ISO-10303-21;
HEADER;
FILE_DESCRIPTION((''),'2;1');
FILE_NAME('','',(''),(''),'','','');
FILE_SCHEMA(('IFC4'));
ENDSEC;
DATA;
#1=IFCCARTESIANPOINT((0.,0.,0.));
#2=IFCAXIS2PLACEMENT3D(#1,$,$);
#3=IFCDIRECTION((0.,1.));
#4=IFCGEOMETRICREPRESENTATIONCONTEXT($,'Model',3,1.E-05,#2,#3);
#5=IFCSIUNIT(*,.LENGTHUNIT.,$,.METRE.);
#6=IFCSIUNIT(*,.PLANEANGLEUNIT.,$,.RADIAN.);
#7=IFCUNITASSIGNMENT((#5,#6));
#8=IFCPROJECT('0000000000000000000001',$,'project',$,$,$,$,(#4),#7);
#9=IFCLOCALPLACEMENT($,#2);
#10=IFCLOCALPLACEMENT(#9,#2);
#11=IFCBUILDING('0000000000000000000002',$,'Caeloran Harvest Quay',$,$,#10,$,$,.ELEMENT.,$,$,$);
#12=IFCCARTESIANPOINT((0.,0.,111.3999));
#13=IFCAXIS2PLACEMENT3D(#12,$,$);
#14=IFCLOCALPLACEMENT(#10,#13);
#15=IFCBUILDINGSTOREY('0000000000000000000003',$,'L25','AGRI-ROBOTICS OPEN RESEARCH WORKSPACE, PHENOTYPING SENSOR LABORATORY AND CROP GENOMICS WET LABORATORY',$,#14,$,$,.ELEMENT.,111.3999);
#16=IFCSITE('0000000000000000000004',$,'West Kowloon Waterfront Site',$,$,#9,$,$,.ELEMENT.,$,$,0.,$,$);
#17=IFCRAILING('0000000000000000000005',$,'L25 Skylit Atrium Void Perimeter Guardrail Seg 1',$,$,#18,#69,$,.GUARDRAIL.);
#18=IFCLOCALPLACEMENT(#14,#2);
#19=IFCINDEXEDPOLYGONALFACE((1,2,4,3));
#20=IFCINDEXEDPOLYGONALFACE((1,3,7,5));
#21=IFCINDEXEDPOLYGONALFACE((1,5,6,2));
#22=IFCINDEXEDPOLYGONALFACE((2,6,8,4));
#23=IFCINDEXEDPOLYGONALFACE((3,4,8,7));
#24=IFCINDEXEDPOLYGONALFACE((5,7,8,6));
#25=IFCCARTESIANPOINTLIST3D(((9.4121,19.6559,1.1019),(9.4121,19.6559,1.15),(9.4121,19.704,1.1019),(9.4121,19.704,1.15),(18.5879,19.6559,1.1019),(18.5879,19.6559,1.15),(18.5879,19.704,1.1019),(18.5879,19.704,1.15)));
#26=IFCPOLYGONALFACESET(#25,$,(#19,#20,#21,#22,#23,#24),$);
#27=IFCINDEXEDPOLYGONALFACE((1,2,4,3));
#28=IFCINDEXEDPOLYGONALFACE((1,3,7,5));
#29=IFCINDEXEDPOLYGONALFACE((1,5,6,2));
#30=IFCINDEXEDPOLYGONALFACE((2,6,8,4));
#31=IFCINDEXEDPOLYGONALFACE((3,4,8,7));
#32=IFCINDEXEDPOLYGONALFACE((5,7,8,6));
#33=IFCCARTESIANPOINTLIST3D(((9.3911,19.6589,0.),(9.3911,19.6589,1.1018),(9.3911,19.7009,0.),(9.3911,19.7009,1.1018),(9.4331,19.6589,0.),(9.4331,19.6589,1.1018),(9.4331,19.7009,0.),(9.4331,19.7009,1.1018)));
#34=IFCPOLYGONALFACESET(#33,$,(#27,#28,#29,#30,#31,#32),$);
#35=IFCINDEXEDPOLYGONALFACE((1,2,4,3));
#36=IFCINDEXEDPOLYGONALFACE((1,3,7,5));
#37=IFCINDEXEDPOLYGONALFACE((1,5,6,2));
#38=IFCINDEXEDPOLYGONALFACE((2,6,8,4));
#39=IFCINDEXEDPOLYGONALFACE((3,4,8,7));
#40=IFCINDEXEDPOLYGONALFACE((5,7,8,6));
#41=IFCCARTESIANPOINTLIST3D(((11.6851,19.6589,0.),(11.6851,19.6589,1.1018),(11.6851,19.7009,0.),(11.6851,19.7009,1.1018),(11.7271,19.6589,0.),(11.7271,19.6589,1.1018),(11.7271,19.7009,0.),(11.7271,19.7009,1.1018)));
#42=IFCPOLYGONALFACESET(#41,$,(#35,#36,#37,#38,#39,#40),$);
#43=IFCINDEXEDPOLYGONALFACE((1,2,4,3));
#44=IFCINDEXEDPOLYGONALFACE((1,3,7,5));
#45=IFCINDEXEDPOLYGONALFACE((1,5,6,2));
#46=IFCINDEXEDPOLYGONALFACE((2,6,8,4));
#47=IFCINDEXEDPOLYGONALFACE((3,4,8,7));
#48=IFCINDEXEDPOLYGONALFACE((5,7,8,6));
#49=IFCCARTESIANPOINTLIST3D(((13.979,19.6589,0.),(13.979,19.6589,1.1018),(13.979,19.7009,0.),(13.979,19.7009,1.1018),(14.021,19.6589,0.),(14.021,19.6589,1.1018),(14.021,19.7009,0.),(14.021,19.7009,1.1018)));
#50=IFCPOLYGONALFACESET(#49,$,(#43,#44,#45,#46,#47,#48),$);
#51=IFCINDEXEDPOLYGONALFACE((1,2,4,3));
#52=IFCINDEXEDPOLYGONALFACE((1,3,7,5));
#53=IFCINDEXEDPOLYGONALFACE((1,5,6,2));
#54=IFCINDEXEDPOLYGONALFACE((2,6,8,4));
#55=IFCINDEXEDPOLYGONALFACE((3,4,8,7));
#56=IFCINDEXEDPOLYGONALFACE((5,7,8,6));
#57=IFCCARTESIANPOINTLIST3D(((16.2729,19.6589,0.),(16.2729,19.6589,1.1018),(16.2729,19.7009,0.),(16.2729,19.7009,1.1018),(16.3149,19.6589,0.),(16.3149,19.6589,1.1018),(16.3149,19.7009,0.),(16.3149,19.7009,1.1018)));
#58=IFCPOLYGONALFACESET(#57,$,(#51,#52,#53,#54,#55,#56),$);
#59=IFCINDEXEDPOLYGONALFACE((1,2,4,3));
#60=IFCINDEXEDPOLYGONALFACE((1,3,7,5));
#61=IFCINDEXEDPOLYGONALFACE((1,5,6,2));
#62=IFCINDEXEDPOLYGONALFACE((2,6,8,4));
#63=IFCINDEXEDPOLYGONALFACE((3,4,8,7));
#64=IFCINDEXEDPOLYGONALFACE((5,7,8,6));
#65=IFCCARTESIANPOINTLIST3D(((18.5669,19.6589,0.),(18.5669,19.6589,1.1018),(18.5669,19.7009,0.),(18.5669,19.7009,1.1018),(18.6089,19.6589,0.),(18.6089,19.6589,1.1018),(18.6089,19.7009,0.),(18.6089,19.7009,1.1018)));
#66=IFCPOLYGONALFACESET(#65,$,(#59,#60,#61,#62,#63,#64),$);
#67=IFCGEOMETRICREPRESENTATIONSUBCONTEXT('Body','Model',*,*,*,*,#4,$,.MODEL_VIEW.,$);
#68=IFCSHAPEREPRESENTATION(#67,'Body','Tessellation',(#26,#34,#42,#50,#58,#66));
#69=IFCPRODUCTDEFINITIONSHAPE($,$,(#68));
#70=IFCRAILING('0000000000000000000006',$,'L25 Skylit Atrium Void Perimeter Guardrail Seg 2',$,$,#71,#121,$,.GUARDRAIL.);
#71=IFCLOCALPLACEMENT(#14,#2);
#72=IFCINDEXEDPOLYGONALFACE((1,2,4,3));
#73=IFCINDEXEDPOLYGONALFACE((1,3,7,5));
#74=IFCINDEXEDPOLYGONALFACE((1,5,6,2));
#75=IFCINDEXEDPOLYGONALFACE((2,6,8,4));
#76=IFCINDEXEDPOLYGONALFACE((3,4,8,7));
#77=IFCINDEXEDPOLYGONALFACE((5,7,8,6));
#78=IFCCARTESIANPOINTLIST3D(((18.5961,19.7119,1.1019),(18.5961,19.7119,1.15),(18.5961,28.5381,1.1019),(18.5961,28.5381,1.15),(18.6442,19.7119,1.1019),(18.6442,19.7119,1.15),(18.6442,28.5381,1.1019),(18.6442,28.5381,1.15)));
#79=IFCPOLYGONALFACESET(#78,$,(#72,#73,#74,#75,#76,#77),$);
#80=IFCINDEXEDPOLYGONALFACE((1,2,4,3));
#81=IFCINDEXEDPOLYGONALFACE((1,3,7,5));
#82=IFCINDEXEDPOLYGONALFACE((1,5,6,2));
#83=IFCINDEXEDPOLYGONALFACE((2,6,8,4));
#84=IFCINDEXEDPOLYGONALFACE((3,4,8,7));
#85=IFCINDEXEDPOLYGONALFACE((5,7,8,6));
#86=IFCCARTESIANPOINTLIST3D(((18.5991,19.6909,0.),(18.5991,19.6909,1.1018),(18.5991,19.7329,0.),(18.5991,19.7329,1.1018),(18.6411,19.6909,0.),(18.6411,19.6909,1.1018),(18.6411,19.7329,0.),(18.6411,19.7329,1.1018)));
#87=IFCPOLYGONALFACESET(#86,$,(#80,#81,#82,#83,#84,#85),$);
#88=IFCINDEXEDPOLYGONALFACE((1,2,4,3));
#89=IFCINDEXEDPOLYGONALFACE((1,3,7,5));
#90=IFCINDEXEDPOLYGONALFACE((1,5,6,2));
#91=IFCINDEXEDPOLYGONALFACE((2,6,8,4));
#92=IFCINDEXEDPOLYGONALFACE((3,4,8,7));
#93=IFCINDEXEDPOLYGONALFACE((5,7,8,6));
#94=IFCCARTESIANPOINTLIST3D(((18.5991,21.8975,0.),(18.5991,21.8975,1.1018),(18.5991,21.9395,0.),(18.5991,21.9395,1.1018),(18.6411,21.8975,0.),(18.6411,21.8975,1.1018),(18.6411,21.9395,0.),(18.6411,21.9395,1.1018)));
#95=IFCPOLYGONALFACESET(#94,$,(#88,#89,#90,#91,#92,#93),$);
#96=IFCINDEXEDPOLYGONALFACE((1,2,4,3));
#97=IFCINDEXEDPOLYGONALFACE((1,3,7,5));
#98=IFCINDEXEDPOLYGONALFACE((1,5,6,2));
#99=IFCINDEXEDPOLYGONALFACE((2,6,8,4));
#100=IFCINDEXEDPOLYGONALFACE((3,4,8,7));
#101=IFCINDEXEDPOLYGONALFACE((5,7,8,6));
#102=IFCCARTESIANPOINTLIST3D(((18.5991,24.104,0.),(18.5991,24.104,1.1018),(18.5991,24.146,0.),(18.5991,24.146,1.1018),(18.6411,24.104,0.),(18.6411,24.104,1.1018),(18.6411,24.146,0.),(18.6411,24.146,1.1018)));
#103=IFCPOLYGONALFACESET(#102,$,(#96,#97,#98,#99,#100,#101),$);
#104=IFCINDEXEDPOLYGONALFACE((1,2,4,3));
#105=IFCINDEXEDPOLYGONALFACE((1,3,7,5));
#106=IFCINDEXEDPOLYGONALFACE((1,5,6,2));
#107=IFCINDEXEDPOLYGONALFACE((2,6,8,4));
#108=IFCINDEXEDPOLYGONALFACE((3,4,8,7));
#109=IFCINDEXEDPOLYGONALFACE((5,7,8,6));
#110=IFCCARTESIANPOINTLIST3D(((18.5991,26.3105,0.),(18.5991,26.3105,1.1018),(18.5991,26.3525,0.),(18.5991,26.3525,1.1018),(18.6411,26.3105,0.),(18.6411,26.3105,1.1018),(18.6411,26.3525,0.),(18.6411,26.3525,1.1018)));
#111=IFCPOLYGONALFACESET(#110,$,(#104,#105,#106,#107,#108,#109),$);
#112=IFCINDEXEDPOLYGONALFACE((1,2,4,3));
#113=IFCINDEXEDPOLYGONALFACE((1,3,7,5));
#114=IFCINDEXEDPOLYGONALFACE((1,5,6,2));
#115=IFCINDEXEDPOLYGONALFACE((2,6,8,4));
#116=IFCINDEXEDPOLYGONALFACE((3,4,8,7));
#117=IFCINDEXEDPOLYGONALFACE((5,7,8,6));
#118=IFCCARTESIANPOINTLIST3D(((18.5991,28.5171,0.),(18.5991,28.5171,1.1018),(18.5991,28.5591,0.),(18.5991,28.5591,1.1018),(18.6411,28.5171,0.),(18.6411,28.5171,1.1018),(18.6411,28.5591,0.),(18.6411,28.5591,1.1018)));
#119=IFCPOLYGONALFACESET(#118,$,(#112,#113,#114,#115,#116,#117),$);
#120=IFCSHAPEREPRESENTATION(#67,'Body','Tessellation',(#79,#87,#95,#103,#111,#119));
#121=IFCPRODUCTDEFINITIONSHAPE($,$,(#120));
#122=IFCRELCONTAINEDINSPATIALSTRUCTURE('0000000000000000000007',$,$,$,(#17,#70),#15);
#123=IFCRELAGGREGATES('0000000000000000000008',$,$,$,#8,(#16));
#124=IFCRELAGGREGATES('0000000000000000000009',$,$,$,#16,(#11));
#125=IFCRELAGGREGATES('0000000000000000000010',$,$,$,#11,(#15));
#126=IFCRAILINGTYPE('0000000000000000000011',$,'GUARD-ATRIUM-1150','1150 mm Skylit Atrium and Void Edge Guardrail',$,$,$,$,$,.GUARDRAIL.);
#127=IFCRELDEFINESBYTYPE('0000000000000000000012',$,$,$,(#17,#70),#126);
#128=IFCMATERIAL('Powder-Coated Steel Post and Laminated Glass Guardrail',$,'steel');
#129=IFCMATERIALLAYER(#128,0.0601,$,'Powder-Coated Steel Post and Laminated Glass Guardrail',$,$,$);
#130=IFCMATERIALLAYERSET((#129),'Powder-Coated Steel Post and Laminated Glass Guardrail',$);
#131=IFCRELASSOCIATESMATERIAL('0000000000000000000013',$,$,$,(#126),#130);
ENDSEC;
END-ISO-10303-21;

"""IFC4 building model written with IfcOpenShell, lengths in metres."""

from ifc_helpers import new_model, si_unit, direction, frame, origin, origin_2d, place, context, subcontext, project, spatial, rectangle, extrude, material, layer, layer_set, type_object, element, save


model = new_model("IFC4")

# Units and contexts
model_context = context("Model", 3, precision=1e-05, world=origin(), true_north=direction((0.0, 1.0)))
body_context = subcontext(model_context, "Body", "Model", "MODEL_VIEW")
ifc_project = project(units=[si_unit("LENGTHUNIT", "METRE"), si_unit("PLANEANGLEUNIT", "RADIAN")], contexts=[model_context])

# Site, building, storey
site_placement = place(None, origin())
site = spatial("IfcSite", under=ifc_project, at=site_placement, Name="West Kowloon Waterfront Site", CompositionType="ELEMENT", RefElevation=0.0)
building_placement = place(site_placement, origin())
building = spatial("IfcBuilding", under=site, at=building_placement, Name="Caeloran Harvest Quay", CompositionType="ELEMENT")
storey_placement = place(building_placement, frame((0.0, 0.0, 111.3999)))
storey = spatial("IfcBuildingStorey", under=building, at=storey_placement, Name="L25", Description="AGRI-ROBOTICS OPEN RESEARCH WORKSPACE, PHENOTYPING SENSOR LABORATORY AND CROP GENOMICS WET LABORATORY", CompositionType="ELEMENT", Elevation=111.3999)

# Railings
ifc_material_1 = material(Name="Powder-Coated Steel Post and Laminated Glass Guardrail", Category="steel")
ifc_layer_1 = layer(ifc_material_1, 0.0601, Name="Powder-Coated Steel Post and Laminated Glass Guardrail")
ifc_layer_set_1 = layer_set([ifc_layer_1], Name="Powder-Coated Steel Post and Laminated Glass Guardrail")
railing_type = type_object("IfcRailingType", Name="GUARD-ATRIUM-1150", Description="1150 mm Skylit Atrium and Void Edge Guardrail", PredefinedType="GUARDRAIL", material=ifc_layer_set_1)
railing_1_placement = place(storey_placement, frame((9.4121, 19.6799, 0.0)))
element("IfcRailing", 1, at=railing_1_placement, inside=storey, type_object=railing_type, Name="L25 Skylit Atrium Void Perimeter Guardrail Seg 1", PredefinedType="GUARDRAIL", context=body_context, shape_type="SweptSolid", body=[
    extrude(rectangle(XDim=0.0481, YDim=0.0481, at=origin_2d()), frame((0.0, 0.0, 1.126), z_axis=(1.0, 0.0, 0.0), x_axis=(0.0, 1.0, 0.0)), (0.0, 0.0, 1.0), 9.1758),
    extrude(rectangle(XDim=0.042, YDim=0.042, at=origin_2d()), origin(), (0.0, 0.0, 1.0), 1.1018),
    extrude(rectangle(XDim=0.042, YDim=0.042, at=origin_2d()), frame((2.2939, 0.0, 0.0)), (0.0, 0.0, 1.0), 1.1018),
    extrude(rectangle(XDim=0.042, YDim=0.042, at=origin_2d()), frame((4.5879, 0.0, 0.0)), (0.0, 0.0, 1.0), 1.1018),
    extrude(rectangle(XDim=0.042, YDim=0.042, at=origin_2d()), frame((6.8818, 0.0, 0.0)), (0.0, 0.0, 1.0), 1.1018),
    extrude(rectangle(XDim=0.042, YDim=0.042, at=origin_2d()), frame((9.1758, 0.0, 0.0)), (0.0, 0.0, 1.0), 1.1018),
])
railing_2_placement = place(storey_placement, frame((18.6201, 19.7119, 0.0)))
element("IfcRailing", 2, at=railing_2_placement, inside=storey, type_object=railing_type, Name="L25 Skylit Atrium Void Perimeter Guardrail Seg 2", PredefinedType="GUARDRAIL", context=body_context, shape_type="SweptSolid", body=[
    extrude(rectangle(XDim=0.0481, YDim=0.0481, at=origin_2d()), frame((0.0, 0.0, 1.126), z_axis=(0.0, 1.0, 0.0), x_axis=(-1.0, 0.0, 0.0)), (0.0, 0.0, 1.0), 8.8262),
    extrude(rectangle(XDim=0.042, YDim=0.042, at=origin_2d()), origin(), (0.0, 0.0, 1.0), 1.1018),
    extrude(rectangle(XDim=0.042, YDim=0.042, at=origin_2d()), frame((0.0, 2.2065, 0.0)), (0.0, 0.0, 1.0), 1.1018),
    extrude(rectangle(XDim=0.042, YDim=0.042, at=origin_2d()), frame((0.0, 4.4131, 0.0)), (0.0, 0.0, 1.0), 1.1018),
    extrude(rectangle(XDim=0.042, YDim=0.042, at=origin_2d()), frame((0.0, 6.6196, 0.0)), (0.0, 0.0, 1.0), 1.1018),
    extrude(rectangle(XDim=0.042, YDim=0.042, at=origin_2d()), frame((0.0, 8.8262, 0.0)), (0.0, 0.0, 1.0), 1.1018),
])

save(model, "model.ifc")
